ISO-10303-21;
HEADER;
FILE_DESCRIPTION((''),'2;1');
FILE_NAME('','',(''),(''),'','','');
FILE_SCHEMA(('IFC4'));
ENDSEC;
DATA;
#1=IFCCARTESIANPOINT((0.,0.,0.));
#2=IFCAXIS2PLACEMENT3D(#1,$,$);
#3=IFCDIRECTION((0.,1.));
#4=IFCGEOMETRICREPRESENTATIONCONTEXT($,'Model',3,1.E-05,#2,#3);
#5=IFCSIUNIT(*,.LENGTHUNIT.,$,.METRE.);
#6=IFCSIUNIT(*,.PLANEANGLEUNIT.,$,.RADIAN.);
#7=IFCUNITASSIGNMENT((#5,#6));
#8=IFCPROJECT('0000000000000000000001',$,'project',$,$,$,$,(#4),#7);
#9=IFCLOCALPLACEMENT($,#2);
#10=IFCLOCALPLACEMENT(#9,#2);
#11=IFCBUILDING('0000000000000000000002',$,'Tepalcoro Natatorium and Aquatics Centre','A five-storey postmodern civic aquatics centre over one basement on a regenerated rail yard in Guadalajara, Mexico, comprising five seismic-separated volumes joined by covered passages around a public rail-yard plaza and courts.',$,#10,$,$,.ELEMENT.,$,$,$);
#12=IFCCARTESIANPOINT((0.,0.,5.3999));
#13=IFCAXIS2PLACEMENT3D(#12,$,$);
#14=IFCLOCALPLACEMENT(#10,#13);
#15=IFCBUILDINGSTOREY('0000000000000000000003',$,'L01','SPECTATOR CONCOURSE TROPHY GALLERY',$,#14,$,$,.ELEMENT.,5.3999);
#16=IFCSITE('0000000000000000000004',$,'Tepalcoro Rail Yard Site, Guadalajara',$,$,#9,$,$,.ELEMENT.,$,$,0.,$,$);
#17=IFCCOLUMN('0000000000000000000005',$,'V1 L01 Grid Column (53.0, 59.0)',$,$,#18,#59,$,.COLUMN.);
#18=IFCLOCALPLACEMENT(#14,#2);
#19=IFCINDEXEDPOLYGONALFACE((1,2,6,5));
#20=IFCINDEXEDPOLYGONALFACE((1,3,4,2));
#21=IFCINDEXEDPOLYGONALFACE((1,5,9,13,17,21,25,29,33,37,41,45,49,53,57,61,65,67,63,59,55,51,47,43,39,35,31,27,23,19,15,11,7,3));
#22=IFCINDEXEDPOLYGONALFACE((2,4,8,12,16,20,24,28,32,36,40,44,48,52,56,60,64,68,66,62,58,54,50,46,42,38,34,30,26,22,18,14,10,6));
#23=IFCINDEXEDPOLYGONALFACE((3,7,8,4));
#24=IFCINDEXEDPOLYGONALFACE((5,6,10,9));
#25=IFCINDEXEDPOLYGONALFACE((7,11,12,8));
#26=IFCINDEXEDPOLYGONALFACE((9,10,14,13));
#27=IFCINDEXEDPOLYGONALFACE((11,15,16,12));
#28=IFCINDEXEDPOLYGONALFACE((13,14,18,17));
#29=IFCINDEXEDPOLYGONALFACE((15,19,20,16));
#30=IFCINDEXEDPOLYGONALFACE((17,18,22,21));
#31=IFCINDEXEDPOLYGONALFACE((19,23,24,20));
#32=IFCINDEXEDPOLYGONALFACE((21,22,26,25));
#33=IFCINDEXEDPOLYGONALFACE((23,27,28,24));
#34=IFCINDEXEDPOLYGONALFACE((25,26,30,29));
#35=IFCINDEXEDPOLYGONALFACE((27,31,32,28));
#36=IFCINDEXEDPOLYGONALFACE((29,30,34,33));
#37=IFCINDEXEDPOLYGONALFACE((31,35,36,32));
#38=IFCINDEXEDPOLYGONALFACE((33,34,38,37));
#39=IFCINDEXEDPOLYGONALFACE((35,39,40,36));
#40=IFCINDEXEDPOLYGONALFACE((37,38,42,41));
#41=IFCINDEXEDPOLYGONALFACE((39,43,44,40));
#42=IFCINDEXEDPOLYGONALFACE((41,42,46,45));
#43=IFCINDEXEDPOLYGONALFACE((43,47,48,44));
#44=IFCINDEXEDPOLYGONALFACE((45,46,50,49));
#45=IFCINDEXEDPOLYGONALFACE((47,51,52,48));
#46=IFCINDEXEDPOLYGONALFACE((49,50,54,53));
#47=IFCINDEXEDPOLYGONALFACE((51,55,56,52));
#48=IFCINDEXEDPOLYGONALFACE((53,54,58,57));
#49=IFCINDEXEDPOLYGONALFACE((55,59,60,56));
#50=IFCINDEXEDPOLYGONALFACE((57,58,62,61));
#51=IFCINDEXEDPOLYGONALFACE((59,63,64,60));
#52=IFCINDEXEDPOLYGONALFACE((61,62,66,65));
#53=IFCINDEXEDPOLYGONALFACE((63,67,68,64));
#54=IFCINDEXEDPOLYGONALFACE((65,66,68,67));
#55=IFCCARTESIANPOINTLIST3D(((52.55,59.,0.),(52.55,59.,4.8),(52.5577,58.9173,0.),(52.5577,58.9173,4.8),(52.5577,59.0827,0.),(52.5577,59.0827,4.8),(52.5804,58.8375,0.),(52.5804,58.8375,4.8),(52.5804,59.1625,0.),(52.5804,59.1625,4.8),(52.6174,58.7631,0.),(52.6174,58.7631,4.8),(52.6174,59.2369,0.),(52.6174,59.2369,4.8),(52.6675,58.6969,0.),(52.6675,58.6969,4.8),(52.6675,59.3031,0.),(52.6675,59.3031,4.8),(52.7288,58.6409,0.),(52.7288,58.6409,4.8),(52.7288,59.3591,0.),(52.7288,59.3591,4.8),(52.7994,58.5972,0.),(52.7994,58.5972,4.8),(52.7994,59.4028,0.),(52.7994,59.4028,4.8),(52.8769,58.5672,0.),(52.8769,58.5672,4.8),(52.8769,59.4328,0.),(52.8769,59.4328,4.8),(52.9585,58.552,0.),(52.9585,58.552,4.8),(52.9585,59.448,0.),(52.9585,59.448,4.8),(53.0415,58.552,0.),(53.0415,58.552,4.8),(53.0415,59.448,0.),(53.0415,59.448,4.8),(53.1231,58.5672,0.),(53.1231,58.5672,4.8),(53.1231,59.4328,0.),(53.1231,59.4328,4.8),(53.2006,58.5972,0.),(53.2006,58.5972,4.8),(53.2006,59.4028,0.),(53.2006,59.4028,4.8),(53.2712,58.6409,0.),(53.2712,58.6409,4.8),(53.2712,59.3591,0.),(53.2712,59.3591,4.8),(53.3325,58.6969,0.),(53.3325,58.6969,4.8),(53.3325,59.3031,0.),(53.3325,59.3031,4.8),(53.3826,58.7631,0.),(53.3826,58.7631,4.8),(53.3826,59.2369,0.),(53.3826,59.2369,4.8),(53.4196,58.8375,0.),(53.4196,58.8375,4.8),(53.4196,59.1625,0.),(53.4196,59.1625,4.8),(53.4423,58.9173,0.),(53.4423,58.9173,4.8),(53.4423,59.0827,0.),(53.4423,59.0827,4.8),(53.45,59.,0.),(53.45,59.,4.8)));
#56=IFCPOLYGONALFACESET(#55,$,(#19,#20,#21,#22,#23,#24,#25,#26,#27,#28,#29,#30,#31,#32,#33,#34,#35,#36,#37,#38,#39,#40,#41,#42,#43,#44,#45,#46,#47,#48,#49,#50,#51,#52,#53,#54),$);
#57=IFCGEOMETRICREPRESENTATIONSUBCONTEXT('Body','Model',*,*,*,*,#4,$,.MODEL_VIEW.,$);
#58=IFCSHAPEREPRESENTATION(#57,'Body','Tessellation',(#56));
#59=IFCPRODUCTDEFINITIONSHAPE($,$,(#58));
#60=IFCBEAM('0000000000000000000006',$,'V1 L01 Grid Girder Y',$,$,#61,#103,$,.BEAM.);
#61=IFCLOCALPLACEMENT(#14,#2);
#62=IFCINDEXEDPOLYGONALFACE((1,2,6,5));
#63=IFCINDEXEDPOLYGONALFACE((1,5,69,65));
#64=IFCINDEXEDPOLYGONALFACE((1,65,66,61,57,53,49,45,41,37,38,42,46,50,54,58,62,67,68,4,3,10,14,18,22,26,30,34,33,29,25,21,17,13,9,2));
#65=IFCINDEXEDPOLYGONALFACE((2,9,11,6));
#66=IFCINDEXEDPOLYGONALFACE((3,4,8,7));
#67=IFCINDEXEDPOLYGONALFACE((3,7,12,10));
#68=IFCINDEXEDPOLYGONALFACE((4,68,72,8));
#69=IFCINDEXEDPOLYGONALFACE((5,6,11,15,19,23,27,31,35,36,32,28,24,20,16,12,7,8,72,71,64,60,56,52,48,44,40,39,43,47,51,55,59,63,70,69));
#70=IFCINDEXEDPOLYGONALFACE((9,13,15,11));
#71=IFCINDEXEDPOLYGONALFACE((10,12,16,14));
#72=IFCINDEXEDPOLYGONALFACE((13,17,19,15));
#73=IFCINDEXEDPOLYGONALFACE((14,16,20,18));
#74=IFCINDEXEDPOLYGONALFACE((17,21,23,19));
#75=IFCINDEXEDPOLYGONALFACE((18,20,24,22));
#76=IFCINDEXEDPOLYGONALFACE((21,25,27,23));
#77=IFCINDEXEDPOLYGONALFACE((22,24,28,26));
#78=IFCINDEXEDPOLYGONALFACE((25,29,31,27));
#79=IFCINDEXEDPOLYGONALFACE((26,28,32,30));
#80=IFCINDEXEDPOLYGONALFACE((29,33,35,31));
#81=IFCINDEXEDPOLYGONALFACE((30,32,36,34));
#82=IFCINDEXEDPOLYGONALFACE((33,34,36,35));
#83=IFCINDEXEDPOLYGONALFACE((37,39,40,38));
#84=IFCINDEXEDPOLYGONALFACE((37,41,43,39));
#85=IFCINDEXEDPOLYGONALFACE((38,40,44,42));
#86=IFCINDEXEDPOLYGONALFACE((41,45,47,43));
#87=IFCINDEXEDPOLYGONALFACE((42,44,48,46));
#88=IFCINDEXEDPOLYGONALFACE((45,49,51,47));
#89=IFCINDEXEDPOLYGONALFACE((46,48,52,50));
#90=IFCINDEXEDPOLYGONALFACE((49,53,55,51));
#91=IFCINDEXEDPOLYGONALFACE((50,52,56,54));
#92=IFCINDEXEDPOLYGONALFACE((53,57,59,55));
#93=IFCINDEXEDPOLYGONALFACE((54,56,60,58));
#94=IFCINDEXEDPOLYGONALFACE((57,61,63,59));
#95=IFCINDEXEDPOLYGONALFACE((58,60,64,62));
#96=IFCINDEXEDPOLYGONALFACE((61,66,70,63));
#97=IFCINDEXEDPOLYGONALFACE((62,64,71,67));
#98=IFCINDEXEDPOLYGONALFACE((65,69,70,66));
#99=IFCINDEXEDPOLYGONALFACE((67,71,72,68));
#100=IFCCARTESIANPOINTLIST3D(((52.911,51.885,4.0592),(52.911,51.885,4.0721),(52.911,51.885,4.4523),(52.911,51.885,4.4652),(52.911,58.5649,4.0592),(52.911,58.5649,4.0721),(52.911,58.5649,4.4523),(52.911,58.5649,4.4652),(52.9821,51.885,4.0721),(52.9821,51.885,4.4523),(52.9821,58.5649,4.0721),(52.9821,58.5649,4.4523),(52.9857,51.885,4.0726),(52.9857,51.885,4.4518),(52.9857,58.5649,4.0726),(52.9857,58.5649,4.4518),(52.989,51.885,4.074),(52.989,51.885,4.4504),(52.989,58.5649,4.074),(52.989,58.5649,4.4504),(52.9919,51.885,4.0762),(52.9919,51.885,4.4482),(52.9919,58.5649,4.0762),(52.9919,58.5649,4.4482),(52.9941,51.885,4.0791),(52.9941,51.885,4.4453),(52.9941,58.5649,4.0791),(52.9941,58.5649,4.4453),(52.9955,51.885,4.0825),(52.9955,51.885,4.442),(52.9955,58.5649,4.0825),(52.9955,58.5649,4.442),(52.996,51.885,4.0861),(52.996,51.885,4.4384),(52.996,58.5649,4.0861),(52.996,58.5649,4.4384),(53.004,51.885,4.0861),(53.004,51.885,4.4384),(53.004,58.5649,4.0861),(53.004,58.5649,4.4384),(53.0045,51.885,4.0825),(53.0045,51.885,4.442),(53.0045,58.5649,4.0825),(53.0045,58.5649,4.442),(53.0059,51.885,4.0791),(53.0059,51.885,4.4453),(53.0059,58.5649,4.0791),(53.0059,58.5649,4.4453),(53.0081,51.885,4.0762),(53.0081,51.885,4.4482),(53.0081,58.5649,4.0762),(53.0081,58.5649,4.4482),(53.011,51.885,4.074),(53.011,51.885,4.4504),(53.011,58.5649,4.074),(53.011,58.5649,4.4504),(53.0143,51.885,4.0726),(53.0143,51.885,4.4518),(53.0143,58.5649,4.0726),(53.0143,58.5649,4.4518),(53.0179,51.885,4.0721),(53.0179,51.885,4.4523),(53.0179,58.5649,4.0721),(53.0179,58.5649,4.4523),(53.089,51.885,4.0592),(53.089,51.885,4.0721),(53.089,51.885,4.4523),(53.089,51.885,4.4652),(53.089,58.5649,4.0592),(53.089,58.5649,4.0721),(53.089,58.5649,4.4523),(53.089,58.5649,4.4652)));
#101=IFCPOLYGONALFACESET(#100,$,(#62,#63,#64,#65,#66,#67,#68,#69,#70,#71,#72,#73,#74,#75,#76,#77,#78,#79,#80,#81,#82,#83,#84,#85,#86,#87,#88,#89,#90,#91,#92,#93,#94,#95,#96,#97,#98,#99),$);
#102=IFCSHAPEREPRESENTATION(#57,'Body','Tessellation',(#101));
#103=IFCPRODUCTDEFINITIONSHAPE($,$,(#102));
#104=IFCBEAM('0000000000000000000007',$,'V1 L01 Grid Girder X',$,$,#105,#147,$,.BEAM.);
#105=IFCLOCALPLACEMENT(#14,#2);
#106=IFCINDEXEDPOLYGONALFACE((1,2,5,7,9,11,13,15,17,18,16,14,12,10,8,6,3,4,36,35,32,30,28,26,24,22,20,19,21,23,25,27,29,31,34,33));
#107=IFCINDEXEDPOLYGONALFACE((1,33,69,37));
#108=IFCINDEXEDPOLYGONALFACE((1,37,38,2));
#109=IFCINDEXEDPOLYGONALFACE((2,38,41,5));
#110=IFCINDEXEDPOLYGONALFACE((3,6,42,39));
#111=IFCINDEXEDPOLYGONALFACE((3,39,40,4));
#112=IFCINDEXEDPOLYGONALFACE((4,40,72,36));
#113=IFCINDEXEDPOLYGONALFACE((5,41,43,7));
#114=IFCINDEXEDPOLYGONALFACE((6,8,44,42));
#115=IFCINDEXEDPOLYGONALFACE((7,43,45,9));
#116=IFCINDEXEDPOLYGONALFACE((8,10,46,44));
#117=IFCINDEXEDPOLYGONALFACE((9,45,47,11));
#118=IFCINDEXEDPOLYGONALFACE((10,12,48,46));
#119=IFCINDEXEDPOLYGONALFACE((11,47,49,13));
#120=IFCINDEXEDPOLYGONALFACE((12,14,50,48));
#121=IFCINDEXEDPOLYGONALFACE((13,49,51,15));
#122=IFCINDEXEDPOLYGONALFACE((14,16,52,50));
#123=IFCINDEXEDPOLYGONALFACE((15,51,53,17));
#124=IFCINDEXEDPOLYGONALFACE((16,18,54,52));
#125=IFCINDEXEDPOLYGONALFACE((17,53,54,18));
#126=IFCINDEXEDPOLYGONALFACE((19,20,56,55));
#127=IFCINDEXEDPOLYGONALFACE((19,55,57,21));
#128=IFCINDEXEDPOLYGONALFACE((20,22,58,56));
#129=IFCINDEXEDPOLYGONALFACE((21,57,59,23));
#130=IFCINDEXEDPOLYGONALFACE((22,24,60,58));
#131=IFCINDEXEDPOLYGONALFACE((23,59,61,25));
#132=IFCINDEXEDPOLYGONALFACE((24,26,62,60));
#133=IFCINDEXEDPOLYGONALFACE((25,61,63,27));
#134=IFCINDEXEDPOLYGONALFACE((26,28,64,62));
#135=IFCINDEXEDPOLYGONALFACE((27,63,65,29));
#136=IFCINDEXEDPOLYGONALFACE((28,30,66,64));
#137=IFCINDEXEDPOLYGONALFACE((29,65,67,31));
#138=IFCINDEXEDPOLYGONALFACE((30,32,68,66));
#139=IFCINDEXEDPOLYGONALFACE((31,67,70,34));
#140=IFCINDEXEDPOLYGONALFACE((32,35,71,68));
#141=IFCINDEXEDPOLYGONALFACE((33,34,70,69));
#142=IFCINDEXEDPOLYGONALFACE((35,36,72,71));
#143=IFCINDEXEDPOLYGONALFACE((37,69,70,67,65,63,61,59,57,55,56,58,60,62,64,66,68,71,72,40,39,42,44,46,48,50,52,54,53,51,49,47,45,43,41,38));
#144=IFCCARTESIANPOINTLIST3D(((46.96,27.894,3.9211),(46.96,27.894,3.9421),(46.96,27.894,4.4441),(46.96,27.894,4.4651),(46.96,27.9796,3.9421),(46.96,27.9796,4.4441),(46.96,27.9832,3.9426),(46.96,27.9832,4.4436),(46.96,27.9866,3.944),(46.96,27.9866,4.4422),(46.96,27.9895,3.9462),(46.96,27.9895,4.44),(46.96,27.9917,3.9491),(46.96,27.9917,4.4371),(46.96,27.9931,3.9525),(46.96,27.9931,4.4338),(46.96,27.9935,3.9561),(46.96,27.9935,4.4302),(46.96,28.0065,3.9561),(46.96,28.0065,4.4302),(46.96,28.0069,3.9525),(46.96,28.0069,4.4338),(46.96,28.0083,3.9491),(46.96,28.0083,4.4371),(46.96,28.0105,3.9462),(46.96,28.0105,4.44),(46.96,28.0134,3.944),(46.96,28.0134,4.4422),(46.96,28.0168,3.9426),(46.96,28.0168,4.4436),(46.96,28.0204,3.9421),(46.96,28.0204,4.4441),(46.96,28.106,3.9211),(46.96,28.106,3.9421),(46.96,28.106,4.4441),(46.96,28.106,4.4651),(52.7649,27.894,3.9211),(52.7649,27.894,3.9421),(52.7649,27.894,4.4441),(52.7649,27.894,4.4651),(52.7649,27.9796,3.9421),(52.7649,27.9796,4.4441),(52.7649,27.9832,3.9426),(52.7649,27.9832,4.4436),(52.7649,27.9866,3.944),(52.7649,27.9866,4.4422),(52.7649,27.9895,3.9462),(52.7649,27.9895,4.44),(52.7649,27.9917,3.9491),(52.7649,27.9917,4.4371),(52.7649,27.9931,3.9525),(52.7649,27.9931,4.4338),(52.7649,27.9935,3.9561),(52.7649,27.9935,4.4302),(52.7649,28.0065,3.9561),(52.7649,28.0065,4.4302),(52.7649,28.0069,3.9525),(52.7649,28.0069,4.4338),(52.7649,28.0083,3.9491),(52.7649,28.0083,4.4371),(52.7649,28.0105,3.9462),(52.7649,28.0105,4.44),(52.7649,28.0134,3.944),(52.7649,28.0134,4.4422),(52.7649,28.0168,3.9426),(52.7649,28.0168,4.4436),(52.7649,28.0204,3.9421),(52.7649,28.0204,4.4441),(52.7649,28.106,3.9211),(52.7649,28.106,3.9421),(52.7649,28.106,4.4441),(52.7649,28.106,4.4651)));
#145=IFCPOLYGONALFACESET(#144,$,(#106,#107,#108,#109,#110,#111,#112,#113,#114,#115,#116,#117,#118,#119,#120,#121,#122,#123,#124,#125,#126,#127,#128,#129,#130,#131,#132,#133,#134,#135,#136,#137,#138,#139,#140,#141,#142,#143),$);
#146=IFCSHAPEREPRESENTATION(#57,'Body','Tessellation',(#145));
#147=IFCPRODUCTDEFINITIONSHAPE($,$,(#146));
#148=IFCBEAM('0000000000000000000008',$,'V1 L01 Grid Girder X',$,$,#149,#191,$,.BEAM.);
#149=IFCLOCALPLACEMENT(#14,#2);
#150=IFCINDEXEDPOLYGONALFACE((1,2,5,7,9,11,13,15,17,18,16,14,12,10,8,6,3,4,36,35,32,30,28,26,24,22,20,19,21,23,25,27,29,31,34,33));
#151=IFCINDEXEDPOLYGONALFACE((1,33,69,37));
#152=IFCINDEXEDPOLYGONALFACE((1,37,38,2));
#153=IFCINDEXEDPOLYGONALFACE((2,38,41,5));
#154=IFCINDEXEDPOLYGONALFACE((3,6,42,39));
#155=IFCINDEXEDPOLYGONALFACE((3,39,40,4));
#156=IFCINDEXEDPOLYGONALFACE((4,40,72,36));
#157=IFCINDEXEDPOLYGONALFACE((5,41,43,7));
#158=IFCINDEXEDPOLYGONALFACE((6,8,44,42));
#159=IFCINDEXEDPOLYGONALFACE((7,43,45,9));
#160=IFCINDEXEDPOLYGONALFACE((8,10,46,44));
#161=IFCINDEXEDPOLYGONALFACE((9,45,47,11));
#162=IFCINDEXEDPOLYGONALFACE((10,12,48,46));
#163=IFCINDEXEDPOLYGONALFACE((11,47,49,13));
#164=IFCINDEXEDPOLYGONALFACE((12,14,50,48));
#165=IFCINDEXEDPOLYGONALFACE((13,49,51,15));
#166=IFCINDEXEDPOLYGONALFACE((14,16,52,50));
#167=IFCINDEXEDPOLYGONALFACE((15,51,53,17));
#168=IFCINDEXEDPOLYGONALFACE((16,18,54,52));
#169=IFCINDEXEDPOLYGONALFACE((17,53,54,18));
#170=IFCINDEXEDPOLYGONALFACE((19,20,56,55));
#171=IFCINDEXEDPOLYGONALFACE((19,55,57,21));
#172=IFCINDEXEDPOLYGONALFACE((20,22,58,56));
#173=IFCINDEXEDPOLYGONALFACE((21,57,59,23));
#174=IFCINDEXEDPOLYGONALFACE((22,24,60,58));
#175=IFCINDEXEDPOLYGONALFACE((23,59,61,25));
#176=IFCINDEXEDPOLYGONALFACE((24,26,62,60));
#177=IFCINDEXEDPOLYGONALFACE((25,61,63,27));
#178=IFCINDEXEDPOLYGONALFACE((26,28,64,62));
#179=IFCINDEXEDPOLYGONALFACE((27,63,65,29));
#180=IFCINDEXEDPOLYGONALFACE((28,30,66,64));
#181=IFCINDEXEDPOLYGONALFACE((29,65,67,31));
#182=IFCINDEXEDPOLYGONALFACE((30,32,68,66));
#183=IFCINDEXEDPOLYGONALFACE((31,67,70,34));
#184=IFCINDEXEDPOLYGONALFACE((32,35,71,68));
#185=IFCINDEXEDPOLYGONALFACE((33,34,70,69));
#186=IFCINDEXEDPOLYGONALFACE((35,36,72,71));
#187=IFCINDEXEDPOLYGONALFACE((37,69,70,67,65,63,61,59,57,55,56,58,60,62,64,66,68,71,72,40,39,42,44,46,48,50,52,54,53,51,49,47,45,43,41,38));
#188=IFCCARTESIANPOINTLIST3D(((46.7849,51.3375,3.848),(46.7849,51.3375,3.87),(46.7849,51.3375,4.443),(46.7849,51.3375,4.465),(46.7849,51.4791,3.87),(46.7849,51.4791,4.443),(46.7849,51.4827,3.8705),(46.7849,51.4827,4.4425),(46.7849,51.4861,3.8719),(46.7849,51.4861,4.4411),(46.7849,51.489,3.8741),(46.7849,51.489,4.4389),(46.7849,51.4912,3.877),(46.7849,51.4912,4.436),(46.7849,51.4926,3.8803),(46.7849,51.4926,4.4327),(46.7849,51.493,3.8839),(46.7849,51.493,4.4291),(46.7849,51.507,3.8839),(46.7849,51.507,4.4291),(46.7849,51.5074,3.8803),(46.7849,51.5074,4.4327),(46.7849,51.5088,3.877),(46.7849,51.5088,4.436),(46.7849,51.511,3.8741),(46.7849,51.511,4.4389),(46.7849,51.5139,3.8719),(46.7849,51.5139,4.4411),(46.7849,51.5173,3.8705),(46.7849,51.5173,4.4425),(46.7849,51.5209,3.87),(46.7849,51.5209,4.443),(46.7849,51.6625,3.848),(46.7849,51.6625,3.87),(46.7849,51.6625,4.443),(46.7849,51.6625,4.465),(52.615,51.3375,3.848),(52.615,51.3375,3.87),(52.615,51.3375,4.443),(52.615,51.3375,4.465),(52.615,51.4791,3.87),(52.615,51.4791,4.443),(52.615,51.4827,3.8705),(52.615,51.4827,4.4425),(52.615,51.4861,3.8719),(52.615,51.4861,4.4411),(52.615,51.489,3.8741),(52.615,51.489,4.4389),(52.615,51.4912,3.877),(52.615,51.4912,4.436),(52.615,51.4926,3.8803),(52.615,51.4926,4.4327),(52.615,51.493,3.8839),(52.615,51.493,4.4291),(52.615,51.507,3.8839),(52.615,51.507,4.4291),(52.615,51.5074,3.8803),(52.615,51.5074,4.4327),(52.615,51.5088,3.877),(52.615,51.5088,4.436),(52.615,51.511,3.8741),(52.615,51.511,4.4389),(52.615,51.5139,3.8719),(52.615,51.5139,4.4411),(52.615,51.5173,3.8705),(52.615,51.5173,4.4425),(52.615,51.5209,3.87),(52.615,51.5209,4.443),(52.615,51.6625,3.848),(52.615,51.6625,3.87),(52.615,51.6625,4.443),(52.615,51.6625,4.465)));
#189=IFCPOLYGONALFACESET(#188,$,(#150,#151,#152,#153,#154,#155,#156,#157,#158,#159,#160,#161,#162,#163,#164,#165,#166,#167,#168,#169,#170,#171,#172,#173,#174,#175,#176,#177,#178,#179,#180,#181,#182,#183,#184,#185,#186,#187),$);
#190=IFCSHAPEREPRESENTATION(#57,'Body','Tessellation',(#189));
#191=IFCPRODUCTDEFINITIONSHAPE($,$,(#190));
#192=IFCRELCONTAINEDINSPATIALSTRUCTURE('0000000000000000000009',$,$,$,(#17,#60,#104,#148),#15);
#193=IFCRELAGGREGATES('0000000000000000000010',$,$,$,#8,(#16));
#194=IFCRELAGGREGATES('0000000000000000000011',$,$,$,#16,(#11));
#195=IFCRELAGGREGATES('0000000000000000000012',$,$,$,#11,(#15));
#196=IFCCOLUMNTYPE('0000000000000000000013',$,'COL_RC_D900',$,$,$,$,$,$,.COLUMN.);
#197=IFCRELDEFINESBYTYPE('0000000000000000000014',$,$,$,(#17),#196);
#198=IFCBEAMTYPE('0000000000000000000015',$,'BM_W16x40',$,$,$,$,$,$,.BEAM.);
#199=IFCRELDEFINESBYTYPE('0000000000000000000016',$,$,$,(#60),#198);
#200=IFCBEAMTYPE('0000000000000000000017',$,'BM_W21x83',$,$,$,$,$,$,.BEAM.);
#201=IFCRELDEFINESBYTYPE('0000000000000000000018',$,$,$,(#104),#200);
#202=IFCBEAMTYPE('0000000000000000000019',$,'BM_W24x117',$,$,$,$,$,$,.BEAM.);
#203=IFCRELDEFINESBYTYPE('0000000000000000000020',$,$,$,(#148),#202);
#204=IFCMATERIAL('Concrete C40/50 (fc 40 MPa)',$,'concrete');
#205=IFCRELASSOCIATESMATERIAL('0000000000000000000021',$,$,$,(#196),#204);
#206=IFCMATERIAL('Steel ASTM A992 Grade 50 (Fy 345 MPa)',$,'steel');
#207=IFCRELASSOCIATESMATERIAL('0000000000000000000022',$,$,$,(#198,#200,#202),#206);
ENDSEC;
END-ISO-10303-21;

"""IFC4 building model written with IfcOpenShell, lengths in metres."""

from ifc_helpers import new_model, si_unit, direction, frame, origin, origin_2d, place, context, subcontext, project, spatial, circle, i_section, extrude, material, material_profile, profile_set, type_object, element, save


model = new_model("IFC4")

# Units and contexts
model_context = context("Model", 3, precision=1e-05, world=origin(), true_north=direction((0.0, 1.0)))
body_context = subcontext(model_context, "Body", "Model", "MODEL_VIEW")
ifc_project = project(units=[si_unit("LENGTHUNIT", "METRE"), si_unit("PLANEANGLEUNIT", "RADIAN")], contexts=[model_context])

# Site, building, storey
site_placement = place(None, origin())
site = spatial("IfcSite", under=ifc_project, at=site_placement, Name="Tepalcoro Rail Yard Site, Guadalajara", CompositionType="ELEMENT", RefElevation=0.0)
building_placement = place(site_placement, origin())
building = spatial("IfcBuilding", under=site, at=building_placement, Name="Tepalcoro Natatorium and Aquatics Centre", Description="A five-storey postmodern civic aquatics centre over one basement on a regenerated rail yard in Guadalajara, Mexico, comprising five seismic-separated volumes joined by covered passages around a public rail-yard plaza and courts.", CompositionType="ELEMENT")
storey_placement = place(building_placement, frame((0.0, 0.0, 5.3999)))
storey = spatial("IfcBuildingStorey", under=building, at=storey_placement, Name="L01", Description="SPECTATOR CONCOURSE TROPHY GALLERY", CompositionType="ELEMENT", Elevation=5.3999)

# Column
ifc_material_1 = material(Name="Concrete C40/50 (fc 40 MPa)", Category="concrete")
ifc_material_profile_1 = material_profile(ifc_material_1, circle(Radius=0.45, at=origin_2d()), Name="RCD900")
ifc_profile_set_1 = profile_set([ifc_material_profile_1], Name="Concrete C40/50 (fc 40 MPa)")
column_type_1 = type_object("IfcColumnType", Name="COL_RC_D900", PredefinedType="COLUMN", material=ifc_profile_set_1)
column_1_placement = place(storey_placement, frame((53.0, 59.0, 0.0), z_axis=(0.0, 0.0, 1.0), x_axis=(1.0, 0.0, 0.0)))
element("IfcColumn", 1, at=column_1_placement, inside=storey, type_object=column_type_1, Name="V1 L01 Grid Column (53.0, 59.0)", PredefinedType="COLUMN", context=body_context, shape_type="SweptSolid", body=[
    extrude(circle(Radius=0.45, at=origin_2d()), origin(), (0.0, 0.0, 1.0), 4.8),
])

# Beams
ifc_material_2 = material(Name="Steel ASTM A992 Grade 50 (Fy 345 MPa)", Category="steel")
ifc_material_profile_2 = material_profile(ifc_material_2, i_section(OverallWidth=0.178, OverallDepth=0.406, WebThickness=0.0081, FlangeThickness=0.0129, FilletRadius=0.0139, at=origin_2d()), Name="W16X40")
ifc_profile_set_2 = profile_set([ifc_material_profile_2], Name="Steel ASTM A992 Grade 50 (Fy 345 MPa)")
beam_type_1 = type_object("IfcBeamType", Name="BM_W16x40", PredefinedType="BEAM", material=ifc_profile_set_2)
beam_1_placement = place(storey_placement, frame((53.0, 51.885, 4.2622), z_axis=(0.0, 1.0, 0.0), x_axis=(-1.0, 0.0, 0.0)))
element("IfcBeam", 2, at=beam_1_placement, inside=storey, type_object=beam_type_1, Name="V1 L01 Grid Girder Y", PredefinedType="BEAM", context=body_context, shape_type="SweptSolid", body=[
    extrude(i_section(OverallWidth=0.178, OverallDepth=0.406, WebThickness=0.0081, FlangeThickness=0.0129, FilletRadius=0.0139, at=origin_2d()), origin(), (0.0, 0.0, 1.0), 6.6799),
])
ifc_material_profile_3 = material_profile(ifc_material_2, i_section(OverallWidth=0.2119, OverallDepth=0.5439, WebThickness=0.0129, FlangeThickness=0.021, FilletRadius=0.0139, at=origin_2d()), Name="W21X83")
ifc_profile_set_3 = profile_set([ifc_material_profile_3], Name="Steel ASTM A992 Grade 50 (Fy 345 MPa)")
beam_type_2 = type_object("IfcBeamType", Name="BM_W21x83", PredefinedType="BEAM", material=ifc_profile_set_3)
beam_2_placement = place(storey_placement, frame((46.96, 28.0, 4.1931), z_axis=(1.0, 0.0, 0.0), x_axis=(0.0, 1.0, 0.0)))
element("IfcBeam", 3, at=beam_2_placement, inside=storey, type_object=beam_type_2, Name="V1 L01 Grid Girder X", PredefinedType="BEAM", context=body_context, shape_type="SweptSolid", body=[
    extrude(i_section(OverallWidth=0.2119, OverallDepth=0.5439, WebThickness=0.0129, FlangeThickness=0.021, FilletRadius=0.0139, at=origin_2d()), origin(), (0.0, 0.0, 1.0), 5.8049),
])
ifc_material_profile_4 = material_profile(ifc_material_2, i_section(OverallWidth=0.325, OverallDepth=0.6169, WebThickness=0.0139, FlangeThickness=0.022, FilletRadius=0.0139, at=origin_2d()), Name="W24X117")
ifc_profile_set_4 = profile_set([ifc_material_profile_4], Name="Steel ASTM A992 Grade 50 (Fy 345 MPa)")
beam_type_3 = type_object("IfcBeamType", Name="BM_W24x117", PredefinedType="BEAM", material=ifc_profile_set_4)
beam_3_placement = place(storey_placement, frame((46.7849, 51.5, 4.1565), z_axis=(1.0, 0.0, 0.0), x_axis=(0.0, 1.0, 0.0)))
element("IfcBeam", 4, at=beam_3_placement, inside=storey, type_object=beam_type_3, Name="V1 L01 Grid Girder X", PredefinedType="BEAM", context=body_context, shape_type="SweptSolid", body=[
    extrude(i_section(OverallWidth=0.325, OverallDepth=0.6169, WebThickness=0.0139, FlangeThickness=0.022, FilletRadius=0.0139, at=origin_2d()), origin(), (0.0, 0.0, 1.0), 5.8301),
])

save(model, "model.ifc")
